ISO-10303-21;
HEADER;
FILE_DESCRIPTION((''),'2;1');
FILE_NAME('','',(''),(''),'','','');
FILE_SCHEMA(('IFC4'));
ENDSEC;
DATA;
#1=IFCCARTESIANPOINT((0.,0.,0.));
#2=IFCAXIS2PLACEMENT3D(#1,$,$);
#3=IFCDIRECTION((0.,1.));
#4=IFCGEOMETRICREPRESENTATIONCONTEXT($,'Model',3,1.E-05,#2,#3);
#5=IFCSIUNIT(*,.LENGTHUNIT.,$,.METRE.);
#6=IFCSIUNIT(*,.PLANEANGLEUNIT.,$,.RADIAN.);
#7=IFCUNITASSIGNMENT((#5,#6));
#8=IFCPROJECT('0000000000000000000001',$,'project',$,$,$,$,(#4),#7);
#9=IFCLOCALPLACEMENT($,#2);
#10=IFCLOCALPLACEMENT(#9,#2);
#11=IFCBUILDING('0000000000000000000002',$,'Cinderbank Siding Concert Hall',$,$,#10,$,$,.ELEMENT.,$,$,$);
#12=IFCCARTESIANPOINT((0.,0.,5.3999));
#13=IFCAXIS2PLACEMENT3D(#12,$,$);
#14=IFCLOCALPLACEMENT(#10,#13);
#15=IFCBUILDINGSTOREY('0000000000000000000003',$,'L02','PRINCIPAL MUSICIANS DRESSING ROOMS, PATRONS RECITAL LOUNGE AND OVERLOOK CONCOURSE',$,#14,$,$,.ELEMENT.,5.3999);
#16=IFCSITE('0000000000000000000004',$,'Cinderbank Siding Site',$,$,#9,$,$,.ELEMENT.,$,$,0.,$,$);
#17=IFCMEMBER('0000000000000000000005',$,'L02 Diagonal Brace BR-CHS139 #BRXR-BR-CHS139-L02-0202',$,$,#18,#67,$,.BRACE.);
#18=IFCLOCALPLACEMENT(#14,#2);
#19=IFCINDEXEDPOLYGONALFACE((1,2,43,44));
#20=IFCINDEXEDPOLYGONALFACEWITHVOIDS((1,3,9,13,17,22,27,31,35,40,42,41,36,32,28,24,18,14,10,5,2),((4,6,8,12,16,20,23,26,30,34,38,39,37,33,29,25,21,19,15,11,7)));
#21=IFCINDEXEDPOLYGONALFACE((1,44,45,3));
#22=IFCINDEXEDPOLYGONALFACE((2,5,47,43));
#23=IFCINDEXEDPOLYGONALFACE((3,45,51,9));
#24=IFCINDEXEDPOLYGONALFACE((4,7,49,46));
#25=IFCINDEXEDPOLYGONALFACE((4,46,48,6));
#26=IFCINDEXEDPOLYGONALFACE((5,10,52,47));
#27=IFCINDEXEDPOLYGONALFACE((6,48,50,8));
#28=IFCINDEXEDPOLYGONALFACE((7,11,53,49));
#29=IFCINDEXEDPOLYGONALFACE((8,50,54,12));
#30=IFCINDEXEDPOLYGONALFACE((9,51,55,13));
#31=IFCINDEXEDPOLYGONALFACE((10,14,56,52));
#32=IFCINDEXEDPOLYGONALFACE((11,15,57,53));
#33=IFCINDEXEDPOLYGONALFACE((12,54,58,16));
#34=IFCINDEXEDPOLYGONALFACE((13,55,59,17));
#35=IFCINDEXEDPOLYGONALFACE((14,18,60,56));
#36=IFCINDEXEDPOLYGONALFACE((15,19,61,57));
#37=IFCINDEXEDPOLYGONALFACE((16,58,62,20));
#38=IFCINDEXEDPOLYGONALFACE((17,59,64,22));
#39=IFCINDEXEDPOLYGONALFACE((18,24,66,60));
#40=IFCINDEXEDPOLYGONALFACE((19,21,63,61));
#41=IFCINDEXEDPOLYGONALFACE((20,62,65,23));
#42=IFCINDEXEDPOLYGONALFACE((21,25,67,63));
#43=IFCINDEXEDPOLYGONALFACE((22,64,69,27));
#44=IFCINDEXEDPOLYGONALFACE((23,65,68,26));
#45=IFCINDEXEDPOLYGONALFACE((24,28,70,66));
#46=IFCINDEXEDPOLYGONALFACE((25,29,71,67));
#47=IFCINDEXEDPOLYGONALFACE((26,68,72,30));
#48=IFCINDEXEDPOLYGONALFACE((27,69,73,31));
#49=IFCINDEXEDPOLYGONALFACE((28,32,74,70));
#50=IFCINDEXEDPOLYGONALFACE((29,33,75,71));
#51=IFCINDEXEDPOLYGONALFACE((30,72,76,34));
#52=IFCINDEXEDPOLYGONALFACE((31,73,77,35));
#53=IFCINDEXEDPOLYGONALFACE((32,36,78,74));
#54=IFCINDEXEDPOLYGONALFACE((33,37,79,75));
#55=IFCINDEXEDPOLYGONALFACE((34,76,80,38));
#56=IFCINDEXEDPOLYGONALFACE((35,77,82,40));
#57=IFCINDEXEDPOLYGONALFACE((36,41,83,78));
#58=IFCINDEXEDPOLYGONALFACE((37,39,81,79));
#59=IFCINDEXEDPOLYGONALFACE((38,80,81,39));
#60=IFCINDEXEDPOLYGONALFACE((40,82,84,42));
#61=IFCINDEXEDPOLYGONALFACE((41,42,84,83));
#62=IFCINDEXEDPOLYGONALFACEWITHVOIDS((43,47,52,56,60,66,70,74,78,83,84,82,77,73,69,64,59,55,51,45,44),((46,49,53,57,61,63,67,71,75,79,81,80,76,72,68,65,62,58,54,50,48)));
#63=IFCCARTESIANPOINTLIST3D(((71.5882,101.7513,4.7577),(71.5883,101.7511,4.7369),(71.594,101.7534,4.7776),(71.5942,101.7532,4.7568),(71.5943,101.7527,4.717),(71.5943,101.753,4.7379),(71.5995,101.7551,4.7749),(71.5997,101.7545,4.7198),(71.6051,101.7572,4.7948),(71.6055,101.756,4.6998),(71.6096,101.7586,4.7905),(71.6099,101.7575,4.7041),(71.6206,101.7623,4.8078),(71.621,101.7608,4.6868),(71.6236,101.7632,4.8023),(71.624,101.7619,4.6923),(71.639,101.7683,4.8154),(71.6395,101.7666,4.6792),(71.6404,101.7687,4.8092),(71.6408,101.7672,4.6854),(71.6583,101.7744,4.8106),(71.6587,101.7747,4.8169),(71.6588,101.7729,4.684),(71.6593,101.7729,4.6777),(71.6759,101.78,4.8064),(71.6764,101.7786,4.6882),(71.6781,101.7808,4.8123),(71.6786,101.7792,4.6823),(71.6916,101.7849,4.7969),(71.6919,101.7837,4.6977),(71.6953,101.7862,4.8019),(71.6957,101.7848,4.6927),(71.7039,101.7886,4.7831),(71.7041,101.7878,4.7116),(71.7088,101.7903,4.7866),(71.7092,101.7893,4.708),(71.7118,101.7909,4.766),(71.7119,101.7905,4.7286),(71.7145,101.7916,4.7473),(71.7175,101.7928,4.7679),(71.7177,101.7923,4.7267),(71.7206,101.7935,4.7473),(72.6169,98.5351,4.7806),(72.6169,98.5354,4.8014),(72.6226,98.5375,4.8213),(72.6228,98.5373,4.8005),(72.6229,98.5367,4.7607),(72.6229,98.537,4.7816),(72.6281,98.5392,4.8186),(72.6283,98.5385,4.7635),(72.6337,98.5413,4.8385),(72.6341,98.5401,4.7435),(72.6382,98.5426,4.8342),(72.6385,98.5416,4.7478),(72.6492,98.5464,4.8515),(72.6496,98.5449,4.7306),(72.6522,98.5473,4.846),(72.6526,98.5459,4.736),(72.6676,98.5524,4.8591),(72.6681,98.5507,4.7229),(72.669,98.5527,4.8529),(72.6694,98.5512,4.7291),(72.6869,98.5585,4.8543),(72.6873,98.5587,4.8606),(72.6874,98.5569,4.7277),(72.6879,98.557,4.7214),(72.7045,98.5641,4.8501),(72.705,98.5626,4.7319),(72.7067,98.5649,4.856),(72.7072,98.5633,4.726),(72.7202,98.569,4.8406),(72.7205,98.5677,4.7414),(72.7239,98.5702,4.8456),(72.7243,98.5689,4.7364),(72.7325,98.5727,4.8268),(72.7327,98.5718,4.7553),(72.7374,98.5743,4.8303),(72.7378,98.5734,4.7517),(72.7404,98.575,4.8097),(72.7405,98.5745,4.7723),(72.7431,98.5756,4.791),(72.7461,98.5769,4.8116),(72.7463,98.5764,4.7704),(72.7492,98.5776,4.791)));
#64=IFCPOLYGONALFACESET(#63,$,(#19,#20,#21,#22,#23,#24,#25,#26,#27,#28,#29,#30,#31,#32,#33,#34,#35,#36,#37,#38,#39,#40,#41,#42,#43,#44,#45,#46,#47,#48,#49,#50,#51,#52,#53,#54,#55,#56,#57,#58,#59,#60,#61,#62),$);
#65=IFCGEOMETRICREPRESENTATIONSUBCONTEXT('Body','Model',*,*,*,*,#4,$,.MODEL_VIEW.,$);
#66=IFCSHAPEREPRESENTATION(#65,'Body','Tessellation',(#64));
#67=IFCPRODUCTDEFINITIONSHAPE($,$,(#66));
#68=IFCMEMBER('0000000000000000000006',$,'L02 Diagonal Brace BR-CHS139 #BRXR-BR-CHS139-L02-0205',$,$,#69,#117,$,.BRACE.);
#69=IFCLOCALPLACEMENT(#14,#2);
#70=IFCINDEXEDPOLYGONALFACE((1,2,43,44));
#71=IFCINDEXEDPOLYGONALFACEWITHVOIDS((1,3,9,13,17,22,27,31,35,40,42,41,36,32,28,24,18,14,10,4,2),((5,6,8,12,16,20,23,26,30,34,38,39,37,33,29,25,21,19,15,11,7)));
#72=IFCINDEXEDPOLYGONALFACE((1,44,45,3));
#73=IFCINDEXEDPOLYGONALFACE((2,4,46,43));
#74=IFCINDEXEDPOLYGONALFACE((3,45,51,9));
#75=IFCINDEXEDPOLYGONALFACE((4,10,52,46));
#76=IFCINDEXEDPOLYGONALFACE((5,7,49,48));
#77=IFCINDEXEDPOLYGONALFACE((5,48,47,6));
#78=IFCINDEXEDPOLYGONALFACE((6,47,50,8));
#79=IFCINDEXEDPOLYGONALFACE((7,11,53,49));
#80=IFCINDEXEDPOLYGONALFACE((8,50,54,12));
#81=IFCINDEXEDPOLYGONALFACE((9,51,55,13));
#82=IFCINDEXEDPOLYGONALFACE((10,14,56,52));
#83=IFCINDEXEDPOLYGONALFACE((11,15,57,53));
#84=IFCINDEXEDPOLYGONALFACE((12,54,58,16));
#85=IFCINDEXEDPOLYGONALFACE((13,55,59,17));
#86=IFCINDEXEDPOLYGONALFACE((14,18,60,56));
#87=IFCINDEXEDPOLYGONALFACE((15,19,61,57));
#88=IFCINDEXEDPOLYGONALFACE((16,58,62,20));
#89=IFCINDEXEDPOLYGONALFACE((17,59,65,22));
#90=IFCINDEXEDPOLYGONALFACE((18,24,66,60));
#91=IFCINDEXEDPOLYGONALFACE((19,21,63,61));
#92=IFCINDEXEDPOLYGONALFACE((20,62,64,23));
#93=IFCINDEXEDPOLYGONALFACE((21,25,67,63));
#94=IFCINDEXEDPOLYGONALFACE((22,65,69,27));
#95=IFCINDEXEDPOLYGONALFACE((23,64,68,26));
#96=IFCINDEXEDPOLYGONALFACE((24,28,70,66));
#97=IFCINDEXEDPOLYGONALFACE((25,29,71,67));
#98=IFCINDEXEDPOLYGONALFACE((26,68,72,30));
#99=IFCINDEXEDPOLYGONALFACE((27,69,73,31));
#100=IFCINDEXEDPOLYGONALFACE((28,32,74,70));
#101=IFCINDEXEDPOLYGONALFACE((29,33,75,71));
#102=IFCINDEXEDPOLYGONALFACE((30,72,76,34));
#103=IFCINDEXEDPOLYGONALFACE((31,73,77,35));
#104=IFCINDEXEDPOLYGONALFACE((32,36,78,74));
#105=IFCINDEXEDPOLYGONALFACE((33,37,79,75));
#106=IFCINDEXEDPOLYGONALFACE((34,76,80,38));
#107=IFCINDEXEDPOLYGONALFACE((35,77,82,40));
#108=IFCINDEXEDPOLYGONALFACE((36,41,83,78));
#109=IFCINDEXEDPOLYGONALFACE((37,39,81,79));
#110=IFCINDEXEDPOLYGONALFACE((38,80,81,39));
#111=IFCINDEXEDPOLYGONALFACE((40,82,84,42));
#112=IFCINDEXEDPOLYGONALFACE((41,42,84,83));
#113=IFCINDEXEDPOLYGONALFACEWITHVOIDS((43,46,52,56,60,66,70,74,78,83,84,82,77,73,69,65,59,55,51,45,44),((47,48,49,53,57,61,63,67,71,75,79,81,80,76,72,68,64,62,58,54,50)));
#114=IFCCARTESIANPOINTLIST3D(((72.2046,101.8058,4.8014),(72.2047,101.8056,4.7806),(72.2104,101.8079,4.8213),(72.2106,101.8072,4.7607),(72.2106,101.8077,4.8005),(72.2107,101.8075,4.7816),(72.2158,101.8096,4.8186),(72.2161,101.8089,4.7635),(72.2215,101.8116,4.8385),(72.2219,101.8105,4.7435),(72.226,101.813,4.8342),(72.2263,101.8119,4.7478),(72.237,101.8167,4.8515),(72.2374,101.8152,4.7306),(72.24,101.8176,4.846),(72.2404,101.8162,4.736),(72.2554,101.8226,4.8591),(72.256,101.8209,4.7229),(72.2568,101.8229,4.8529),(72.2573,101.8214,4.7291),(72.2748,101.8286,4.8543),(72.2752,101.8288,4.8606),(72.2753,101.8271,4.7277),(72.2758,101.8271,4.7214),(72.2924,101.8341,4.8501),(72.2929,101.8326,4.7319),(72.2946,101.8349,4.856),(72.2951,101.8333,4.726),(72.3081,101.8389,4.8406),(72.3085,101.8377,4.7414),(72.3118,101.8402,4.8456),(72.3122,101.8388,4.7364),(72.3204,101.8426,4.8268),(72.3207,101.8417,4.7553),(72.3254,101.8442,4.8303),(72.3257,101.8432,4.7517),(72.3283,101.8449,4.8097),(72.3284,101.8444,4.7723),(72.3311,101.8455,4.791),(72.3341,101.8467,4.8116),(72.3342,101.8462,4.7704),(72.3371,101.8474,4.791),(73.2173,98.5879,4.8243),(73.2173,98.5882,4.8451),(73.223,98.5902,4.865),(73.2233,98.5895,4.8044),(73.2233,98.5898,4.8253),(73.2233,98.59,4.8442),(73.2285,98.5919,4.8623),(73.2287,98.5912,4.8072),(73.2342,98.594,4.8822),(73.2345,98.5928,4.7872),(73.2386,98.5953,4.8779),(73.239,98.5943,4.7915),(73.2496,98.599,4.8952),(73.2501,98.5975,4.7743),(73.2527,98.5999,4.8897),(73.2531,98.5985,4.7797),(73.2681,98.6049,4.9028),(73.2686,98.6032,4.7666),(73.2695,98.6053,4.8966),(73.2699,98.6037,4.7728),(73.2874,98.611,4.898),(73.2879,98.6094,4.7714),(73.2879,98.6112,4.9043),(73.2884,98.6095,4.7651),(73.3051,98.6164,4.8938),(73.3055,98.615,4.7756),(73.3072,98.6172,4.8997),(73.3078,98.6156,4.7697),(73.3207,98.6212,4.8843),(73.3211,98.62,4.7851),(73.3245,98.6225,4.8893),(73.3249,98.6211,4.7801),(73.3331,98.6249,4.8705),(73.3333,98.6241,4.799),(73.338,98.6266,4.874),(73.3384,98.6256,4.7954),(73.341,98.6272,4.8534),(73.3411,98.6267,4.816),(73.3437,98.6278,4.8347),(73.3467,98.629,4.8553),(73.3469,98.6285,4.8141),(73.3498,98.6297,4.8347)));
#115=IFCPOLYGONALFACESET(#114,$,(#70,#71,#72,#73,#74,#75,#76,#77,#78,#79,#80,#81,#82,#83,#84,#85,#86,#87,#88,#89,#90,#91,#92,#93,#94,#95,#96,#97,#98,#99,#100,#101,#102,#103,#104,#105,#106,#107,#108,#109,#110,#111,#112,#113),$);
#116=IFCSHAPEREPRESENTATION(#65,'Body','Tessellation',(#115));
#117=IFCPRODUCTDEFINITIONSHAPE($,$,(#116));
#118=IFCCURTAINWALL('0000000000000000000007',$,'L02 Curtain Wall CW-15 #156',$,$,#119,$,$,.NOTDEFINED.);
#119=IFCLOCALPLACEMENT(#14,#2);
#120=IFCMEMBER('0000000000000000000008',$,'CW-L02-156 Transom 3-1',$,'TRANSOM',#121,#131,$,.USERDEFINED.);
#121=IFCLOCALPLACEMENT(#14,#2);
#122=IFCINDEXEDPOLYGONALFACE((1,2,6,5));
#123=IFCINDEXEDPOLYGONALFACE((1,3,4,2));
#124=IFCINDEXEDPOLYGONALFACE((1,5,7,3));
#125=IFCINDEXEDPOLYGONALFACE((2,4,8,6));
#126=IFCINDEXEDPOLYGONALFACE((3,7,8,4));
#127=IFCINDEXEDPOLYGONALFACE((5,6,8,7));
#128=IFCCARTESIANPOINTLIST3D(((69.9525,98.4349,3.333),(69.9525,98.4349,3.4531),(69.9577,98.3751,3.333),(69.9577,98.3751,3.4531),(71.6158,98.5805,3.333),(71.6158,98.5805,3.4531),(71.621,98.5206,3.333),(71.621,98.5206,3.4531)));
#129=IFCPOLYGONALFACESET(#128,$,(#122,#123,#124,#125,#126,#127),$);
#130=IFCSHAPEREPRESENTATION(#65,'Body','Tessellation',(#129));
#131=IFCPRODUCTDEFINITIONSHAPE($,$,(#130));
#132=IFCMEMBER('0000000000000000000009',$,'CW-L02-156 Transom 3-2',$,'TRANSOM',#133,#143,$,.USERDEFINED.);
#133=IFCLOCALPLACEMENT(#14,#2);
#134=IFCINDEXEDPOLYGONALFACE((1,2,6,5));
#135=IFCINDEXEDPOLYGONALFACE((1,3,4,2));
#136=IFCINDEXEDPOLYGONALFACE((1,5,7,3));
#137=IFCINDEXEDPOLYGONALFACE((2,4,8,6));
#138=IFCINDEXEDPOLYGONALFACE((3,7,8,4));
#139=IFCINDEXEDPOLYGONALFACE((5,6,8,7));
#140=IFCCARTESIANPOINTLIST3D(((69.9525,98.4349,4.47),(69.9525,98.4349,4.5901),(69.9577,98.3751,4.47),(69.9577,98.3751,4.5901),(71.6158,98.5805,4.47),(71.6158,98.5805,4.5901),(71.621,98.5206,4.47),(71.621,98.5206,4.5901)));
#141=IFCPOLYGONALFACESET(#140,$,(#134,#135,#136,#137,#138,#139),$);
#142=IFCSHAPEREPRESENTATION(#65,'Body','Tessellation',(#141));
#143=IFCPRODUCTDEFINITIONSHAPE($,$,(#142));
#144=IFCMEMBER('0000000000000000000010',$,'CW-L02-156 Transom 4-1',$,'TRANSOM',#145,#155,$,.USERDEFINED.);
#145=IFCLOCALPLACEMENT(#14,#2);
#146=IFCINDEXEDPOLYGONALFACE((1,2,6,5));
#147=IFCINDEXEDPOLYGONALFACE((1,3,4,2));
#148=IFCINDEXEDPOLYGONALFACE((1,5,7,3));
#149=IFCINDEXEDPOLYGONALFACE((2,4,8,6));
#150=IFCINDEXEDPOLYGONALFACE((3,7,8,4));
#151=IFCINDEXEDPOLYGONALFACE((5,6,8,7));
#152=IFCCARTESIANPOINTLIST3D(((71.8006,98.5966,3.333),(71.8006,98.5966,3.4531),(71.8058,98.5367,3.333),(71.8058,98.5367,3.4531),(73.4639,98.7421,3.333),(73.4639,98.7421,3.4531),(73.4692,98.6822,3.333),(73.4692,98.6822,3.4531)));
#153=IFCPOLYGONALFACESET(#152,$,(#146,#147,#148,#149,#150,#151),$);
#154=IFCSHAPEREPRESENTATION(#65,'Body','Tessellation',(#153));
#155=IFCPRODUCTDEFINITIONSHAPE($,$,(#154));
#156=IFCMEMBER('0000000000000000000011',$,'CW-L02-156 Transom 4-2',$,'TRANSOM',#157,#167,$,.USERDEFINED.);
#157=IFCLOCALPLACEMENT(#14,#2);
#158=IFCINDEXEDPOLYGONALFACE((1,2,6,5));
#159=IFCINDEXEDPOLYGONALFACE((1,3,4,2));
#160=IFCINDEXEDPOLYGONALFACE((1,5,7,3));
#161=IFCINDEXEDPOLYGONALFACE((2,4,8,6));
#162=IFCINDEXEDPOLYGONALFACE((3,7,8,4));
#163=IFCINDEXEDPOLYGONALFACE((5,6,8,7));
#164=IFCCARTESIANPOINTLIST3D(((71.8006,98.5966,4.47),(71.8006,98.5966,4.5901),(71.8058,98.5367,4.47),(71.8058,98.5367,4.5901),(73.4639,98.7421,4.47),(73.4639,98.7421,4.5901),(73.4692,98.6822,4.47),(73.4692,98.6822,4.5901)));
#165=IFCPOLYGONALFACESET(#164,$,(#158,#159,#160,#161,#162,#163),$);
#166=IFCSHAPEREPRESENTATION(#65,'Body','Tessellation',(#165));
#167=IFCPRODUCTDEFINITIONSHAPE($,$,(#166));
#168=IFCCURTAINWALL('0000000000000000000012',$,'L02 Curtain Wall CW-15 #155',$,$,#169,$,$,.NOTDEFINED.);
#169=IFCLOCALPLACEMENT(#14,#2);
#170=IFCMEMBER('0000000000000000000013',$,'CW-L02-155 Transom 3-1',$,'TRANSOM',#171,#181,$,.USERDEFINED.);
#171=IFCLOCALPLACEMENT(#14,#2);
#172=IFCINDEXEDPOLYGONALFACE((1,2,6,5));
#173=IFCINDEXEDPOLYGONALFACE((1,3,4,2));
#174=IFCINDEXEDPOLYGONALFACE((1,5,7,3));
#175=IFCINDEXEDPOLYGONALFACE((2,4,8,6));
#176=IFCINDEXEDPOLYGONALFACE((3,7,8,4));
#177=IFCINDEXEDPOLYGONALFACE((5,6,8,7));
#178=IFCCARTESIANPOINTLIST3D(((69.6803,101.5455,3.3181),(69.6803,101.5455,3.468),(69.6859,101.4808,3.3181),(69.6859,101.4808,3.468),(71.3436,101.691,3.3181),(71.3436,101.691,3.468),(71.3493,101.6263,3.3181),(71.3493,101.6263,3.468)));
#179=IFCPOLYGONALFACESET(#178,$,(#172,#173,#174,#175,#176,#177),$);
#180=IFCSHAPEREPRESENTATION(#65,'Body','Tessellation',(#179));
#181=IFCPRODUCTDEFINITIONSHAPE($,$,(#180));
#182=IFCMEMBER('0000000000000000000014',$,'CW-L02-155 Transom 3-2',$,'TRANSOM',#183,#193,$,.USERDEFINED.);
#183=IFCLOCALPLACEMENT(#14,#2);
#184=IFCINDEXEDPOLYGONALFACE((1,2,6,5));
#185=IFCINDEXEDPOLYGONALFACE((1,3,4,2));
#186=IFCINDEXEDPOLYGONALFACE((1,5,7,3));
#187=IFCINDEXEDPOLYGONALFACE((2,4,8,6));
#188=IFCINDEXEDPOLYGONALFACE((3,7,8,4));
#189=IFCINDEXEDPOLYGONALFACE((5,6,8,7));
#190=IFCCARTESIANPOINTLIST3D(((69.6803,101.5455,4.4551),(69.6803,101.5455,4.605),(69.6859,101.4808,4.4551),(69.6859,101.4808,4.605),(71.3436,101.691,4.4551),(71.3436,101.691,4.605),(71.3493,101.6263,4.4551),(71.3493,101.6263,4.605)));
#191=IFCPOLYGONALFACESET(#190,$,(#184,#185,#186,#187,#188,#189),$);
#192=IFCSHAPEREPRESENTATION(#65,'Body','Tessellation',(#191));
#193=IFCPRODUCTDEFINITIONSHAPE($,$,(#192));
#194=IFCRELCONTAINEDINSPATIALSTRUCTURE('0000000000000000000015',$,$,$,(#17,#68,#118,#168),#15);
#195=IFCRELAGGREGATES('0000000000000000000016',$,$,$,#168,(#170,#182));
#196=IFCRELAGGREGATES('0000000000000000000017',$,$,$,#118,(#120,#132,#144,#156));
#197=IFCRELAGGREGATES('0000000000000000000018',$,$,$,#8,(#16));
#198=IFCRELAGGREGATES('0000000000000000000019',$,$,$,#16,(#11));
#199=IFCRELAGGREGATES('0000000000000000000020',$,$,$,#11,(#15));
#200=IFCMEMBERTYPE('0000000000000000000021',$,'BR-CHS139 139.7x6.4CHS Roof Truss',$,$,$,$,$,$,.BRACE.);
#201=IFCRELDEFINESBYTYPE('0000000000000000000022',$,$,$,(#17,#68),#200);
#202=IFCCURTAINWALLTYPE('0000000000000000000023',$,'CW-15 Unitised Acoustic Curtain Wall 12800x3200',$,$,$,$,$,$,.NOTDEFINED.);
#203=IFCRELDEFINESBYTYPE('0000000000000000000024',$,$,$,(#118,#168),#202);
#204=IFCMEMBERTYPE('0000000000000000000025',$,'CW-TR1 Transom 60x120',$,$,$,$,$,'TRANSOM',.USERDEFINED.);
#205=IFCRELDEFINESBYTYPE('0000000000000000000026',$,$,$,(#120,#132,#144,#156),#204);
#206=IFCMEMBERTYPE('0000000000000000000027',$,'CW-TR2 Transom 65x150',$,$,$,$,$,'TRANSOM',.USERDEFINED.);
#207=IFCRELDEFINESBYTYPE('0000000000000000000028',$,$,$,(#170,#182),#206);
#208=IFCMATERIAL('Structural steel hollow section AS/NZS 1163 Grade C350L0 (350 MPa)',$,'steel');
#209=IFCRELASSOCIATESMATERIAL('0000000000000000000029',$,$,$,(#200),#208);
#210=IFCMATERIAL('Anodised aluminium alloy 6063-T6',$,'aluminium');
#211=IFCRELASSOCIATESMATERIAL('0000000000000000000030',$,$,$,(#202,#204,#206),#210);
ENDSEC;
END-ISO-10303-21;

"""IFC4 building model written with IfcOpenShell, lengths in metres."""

from ifc_helpers import new_model, si_unit, direction, frame, origin, origin_2d, place, context, subcontext, project, spatial, rectangle, hollow_circle, extrude, material, material_profile, profile_set, type_object, element, aggregate, save


model = new_model("IFC4")

# Units and contexts
model_context = context("Model", 3, precision=1e-05, world=origin(), true_north=direction((0.0, 1.0)))
body_context = subcontext(model_context, "Body", "Model", "MODEL_VIEW")
ifc_project = project(units=[si_unit("LENGTHUNIT", "METRE"), si_unit("PLANEANGLEUNIT", "RADIAN")], contexts=[model_context])

# Site, building, storey
site_placement = place(None, origin())
site = spatial("IfcSite", under=ifc_project, at=site_placement, Name="Cinderbank Siding Site", CompositionType="ELEMENT", RefElevation=0.0)
building_placement = place(site_placement, origin())
building = spatial("IfcBuilding", under=site, at=building_placement, Name="Cinderbank Siding Concert Hall", CompositionType="ELEMENT")
storey_placement = place(building_placement, frame((0.0, 0.0, 5.3999)))
storey = spatial("IfcBuildingStorey", under=building, at=storey_placement, Name="L02", Description="PRINCIPAL MUSICIANS DRESSING ROOMS, PATRONS RECITAL LOUNGE AND OVERLOOK CONCOURSE", CompositionType="ELEMENT", Elevation=5.3999)

# Members
ifc_material_1 = material(Name="Structural steel hollow section AS/NZS 1163 Grade C350L0 (350 MPa)", Category="steel")
ifc_material_profile_1 = material_profile(ifc_material_1, hollow_circle(Radius=0.0698, WallThickness=0.0063, at=origin_2d()), Name="139.7x6.4CHS", Category="LoadBearing")
ifc_profile_set_1 = profile_set([ifc_material_profile_1], Name="Structural steel hollow section AS/NZS 1163 Grade C350L0 (350 MPa)")
member_type_1 = type_object("IfcMemberType", Name="BR-CHS139 139.7x6.4CHS Roof Truss", PredefinedType="BRACE", material=ifc_profile_set_1)
member_1_placement = place(storey_placement, frame((71.6541, 101.7722, 4.7473), z_axis=(0.304616, -0.952387, 0.012942), x_axis=(0.952467, 0.304642, 0.0)))
element("IfcMember", 1, at=member_1_placement, inside=storey, type_object=member_type_1, Name="L02 Diagonal Brace BR-CHS139 #BRXR-BR-CHS139-L02-0202", PredefinedType="BRACE", context=body_context, shape_type="SweptSolid", body=[
    extrude(hollow_circle(Radius=0.0698, WallThickness=0.0063, at=origin_2d()), origin(), (0.0, 0.0, 1.0), 3.3767),
])
member_2_placement = place(storey_placement, frame((72.2705, 101.8264, 4.791), z_axis=(0.300178, -0.953795, 0.012954), x_axis=(0.953875, 0.300203, 0.0)))
element("IfcMember", 2, at=member_2_placement, inside=storey, type_object=member_type_1, Name="L02 Diagonal Brace BR-CHS139 #BRXR-BR-CHS139-L02-0205", PredefinedType="BRACE", context=body_context, shape_type="SweptSolid", body=[
    extrude(hollow_circle(Radius=0.0698, WallThickness=0.0063, at=origin_2d()), origin(), (0.0, 0.0, 1.0), 3.3735),
])

# Curtain walls, members
ifc_material_2 = material(Name="Anodised aluminium alloy 6063-T6", Category="aluminium")
curtain_wall_type = type_object("IfcCurtainWallType", Name="CW-15 Unitised Acoustic Curtain Wall 12800x3200", PredefinedType="NOTDEFINED", material=ifc_material_2)
curtain_wall_1_placement = place(storey_placement, origin())
curtain_wall_1 = element("IfcCurtainWall", 3, at=curtain_wall_1_placement, inside=storey, type_object=curtain_wall_type, Name="L02 Curtain Wall CW-15 #156", PredefinedType="NOTDEFINED")
ifc_material_profile_2 = material_profile(ifc_material_2, rectangle(XDim=0.0601, YDim=0.1201, at=origin_2d()), Name="ALU-TRAN-60x120", Category="LoadBearing")
ifc_profile_set_2 = profile_set([ifc_material_profile_2], Name="Anodised aluminium alloy 6063-T6")
member_type_2 = type_object("IfcMemberType", Name="CW-TR1 Transom 60x120", ElementType="TRANSOM", PredefinedType="USERDEFINED", material=ifc_profile_set_2)
member_3_placement = place(storey_placement, frame((69.9551, 98.405, 3.3931), z_axis=(0.996195, 0.087147, 0.0), x_axis=(-0.087147, 0.996195, 0.0)))
member_3 = element("IfcMember", 4, at=member_3_placement, type_object=member_type_2, Name="CW-L02-156 Transom 3-1", ObjectType="TRANSOM", PredefinedType="USERDEFINED", context=body_context, shape_type="SweptSolid", body=[
    extrude(rectangle(XDim=0.0601, YDim=0.1201, at=origin_2d()), origin(), (0.0, 0.0, 1.0), 1.6697),
])
member_4_placement = place(storey_placement, frame((69.9551, 98.405, 4.53), z_axis=(0.996195, 0.087147, 0.0), x_axis=(-0.087147, 0.996195, 0.0)))
member_4 = element("IfcMember", 5, at=member_4_placement, type_object=member_type_2, Name="CW-L02-156 Transom 3-2", ObjectType="TRANSOM", PredefinedType="USERDEFINED", context=body_context, shape_type="SweptSolid", body=[
    extrude(rectangle(XDim=0.0601, YDim=0.1201, at=origin_2d()), origin(), (0.0, 0.0, 1.0), 1.6697),
])
member_5_placement = place(storey_placement, frame((71.8032, 98.5667, 3.3931), z_axis=(0.996195, 0.087147, 0.0), x_axis=(-0.087147, 0.996195, 0.0)))
member_5 = element("IfcMember", 6, at=member_5_placement, type_object=member_type_2, Name="CW-L02-156 Transom 4-1", ObjectType="TRANSOM", PredefinedType="USERDEFINED", context=body_context, shape_type="SweptSolid", body=[
    extrude(rectangle(XDim=0.0601, YDim=0.1201, at=origin_2d()), origin(), (0.0, 0.0, 1.0), 1.6697),
])
member_6_placement = place(storey_placement, frame((71.8032, 98.5667, 4.53), z_axis=(0.996195, 0.087147, 0.0), x_axis=(-0.087147, 0.996195, 0.0)))
member_6 = element("IfcMember", 7, at=member_6_placement, type_object=member_type_2, Name="CW-L02-156 Transom 4-2", ObjectType="TRANSOM", PredefinedType="USERDEFINED", context=body_context, shape_type="SweptSolid", body=[
    extrude(rectangle(XDim=0.0601, YDim=0.1201, at=origin_2d()), origin(), (0.0, 0.0, 1.0), 1.6697),
])
curtain_wall_2_placement = place(storey_placement, origin())
curtain_wall_2 = element("IfcCurtainWall", 8, at=curtain_wall_2_placement, inside=storey, type_object=curtain_wall_type, Name="L02 Curtain Wall CW-15 #155", PredefinedType="NOTDEFINED")
ifc_material_profile_3 = material_profile(ifc_material_2, rectangle(XDim=0.0649, YDim=0.1499, at=origin_2d()), Name="ALU-TRAN-65x150", Category="LoadBearing")
ifc_profile_set_3 = profile_set([ifc_material_profile_3], Name="Anodised aluminium alloy 6063-T6")
member_type_3 = type_object("IfcMemberType", Name="CW-TR2 Transom 65x150", ElementType="TRANSOM", PredefinedType="USERDEFINED", material=ifc_profile_set_3)
member_7_placement = place(storey_placement, frame((69.6831, 101.5132, 3.3931), z_axis=(0.996195, 0.087147, 0.0), x_axis=(-0.087147, 0.996195, 0.0)))
member_7 = element("IfcMember", 9, at=member_7_placement, type_object=member_type_3, Name="CW-L02-155 Transom 3-1", ObjectType="TRANSOM", PredefinedType="USERDEFINED", context=body_context, shape_type="SweptSolid", body=[
    extrude(rectangle(XDim=0.0649, YDim=0.1499, at=origin_2d()), origin(), (0.0, 0.0, 1.0), 1.6697),
])
member_8_placement = place(storey_placement, frame((69.6831, 101.5132, 4.53), z_axis=(0.996195, 0.087147, 0.0), x_axis=(-0.087147, 0.996195, 0.0)))
member_8 = element("IfcMember", 10, at=member_8_placement, type_object=member_type_3, Name="CW-L02-155 Transom 3-2", ObjectType="TRANSOM", PredefinedType="USERDEFINED", context=body_context, shape_type="SweptSolid", body=[
    extrude(rectangle(XDim=0.0649, YDim=0.1499, at=origin_2d()), origin(), (0.0, 0.0, 1.0), 1.6697),
])

aggregate(curtain_wall_2, [member_7, member_8])
aggregate(curtain_wall_1, [member_3, member_4, member_5, member_6])

save(model, "model.ifc")
